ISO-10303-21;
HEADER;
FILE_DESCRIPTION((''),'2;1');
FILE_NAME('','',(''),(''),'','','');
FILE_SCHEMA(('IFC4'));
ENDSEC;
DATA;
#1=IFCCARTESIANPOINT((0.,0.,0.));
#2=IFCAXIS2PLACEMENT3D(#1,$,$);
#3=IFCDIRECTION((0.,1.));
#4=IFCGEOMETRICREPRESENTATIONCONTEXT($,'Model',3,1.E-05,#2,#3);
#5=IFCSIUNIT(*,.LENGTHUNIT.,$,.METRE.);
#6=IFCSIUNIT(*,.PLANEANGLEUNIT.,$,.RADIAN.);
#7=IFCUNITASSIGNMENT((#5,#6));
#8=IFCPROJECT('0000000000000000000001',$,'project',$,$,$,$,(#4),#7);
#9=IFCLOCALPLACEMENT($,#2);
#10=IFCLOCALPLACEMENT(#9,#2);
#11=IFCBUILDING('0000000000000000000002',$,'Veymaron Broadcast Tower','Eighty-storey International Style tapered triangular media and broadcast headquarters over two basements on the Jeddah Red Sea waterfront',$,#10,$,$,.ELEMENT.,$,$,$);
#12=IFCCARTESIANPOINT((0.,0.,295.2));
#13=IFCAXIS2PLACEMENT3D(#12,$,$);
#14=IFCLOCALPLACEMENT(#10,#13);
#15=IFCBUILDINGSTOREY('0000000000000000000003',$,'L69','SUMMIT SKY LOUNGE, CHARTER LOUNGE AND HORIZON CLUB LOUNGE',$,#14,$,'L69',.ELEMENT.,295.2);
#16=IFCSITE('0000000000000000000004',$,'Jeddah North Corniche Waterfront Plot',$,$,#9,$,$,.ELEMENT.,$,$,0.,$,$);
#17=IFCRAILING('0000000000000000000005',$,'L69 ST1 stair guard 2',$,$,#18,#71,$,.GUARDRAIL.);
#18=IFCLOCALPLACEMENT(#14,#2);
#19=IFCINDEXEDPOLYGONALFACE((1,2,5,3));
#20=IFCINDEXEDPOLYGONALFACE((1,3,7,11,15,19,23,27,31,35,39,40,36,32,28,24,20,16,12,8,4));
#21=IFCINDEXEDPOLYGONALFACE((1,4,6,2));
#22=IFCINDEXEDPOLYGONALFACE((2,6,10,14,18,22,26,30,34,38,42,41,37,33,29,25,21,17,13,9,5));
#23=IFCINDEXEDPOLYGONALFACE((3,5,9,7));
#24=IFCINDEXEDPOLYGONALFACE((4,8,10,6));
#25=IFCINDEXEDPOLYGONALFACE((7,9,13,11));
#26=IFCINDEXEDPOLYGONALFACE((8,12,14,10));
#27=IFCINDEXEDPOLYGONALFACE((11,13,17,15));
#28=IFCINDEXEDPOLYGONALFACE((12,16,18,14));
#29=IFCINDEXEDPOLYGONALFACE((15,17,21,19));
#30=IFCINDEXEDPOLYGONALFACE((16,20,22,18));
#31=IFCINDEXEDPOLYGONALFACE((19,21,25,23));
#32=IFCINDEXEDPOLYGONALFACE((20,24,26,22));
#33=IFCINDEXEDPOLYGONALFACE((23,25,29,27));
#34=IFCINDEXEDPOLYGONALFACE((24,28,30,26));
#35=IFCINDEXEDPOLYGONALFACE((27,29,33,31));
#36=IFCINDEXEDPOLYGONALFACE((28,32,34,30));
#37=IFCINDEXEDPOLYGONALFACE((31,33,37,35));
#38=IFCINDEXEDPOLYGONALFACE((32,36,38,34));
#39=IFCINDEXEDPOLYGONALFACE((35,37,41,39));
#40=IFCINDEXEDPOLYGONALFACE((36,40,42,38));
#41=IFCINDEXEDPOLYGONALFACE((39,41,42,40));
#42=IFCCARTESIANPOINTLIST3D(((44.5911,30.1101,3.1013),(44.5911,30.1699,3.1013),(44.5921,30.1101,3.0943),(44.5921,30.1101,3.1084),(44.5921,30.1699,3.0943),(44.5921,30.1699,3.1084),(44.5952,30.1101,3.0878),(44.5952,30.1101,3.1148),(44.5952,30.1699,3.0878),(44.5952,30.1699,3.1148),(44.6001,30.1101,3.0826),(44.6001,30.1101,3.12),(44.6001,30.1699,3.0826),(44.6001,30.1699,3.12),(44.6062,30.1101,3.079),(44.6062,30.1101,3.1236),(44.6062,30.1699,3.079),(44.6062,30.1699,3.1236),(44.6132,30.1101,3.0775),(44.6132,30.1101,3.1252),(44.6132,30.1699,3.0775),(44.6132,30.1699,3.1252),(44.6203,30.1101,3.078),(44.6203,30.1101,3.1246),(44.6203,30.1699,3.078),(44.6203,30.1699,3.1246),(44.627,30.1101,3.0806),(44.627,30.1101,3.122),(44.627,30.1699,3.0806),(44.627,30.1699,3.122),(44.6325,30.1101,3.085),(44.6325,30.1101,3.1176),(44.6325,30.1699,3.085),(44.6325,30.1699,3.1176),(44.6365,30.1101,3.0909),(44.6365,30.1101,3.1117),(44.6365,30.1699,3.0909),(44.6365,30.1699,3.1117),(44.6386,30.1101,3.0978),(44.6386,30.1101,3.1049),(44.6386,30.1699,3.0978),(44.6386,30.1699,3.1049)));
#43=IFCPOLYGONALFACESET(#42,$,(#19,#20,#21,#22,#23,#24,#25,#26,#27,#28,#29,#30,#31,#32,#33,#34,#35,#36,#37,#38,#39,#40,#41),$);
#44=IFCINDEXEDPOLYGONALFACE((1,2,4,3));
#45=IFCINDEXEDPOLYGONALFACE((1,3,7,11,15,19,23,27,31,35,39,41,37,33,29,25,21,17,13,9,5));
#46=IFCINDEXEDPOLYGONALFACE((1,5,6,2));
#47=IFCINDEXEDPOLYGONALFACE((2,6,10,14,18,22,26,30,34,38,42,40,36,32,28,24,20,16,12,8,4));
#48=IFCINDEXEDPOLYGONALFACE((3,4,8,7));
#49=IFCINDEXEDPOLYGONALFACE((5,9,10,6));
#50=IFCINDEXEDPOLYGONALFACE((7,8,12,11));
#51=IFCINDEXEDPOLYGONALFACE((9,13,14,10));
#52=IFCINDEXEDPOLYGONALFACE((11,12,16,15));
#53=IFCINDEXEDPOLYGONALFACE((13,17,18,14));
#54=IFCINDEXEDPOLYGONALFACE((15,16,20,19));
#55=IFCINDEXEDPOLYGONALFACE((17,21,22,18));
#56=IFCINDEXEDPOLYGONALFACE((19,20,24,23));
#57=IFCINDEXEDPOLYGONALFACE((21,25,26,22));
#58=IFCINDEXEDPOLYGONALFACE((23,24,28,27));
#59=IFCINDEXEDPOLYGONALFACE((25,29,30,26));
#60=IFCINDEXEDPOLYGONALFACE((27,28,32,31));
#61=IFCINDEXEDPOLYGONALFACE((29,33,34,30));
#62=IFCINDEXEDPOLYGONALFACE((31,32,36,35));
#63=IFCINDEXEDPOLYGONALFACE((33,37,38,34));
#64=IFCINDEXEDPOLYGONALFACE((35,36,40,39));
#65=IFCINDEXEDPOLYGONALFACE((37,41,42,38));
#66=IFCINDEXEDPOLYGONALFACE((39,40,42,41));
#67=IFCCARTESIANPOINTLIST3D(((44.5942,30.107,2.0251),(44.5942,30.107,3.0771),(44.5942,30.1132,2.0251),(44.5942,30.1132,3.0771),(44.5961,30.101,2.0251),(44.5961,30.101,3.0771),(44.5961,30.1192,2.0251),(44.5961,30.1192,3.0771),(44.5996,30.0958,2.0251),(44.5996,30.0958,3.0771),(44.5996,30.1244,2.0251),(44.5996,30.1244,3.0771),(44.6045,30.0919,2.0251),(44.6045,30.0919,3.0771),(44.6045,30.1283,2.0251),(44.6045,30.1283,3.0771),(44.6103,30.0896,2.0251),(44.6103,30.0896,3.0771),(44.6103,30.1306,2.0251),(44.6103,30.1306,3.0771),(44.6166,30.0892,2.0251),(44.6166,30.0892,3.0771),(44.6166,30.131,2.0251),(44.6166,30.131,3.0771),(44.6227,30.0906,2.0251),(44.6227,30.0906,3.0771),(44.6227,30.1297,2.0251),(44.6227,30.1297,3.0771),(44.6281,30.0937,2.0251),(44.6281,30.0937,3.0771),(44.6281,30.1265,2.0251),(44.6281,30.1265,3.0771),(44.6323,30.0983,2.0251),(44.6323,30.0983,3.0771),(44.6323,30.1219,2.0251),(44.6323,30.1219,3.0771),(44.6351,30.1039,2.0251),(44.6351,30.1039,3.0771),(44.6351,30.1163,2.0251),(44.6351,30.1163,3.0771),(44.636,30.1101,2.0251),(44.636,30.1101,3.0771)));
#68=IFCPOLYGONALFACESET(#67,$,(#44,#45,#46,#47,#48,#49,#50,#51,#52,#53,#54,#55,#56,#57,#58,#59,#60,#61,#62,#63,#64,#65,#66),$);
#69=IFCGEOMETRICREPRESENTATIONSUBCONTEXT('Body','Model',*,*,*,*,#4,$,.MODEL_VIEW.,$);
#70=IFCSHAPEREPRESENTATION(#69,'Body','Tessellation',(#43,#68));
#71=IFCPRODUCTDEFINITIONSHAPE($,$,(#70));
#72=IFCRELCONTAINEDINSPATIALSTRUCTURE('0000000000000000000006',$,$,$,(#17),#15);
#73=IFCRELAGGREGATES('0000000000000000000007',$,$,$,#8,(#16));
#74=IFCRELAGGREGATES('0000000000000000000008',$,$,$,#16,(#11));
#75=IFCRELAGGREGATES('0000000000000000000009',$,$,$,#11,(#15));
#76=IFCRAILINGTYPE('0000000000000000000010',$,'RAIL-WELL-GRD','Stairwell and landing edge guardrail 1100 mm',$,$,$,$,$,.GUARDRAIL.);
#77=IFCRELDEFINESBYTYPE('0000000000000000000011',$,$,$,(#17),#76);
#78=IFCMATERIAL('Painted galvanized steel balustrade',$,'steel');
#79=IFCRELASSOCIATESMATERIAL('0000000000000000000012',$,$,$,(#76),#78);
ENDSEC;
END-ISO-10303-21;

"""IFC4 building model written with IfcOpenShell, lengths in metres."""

from ifc_helpers import new_model, si_unit, direction, frame, origin, origin_2d, place, context, subcontext, project, spatial, circle, extrude, material, type_object, element, save


model = new_model("IFC4")

# Units and contexts
model_context = context("Model", 3, precision=1e-05, world=origin(), true_north=direction((0.0, 1.0)))
body_context = subcontext(model_context, "Body", "Model", "MODEL_VIEW")
ifc_project = project(units=[si_unit("LENGTHUNIT", "METRE"), si_unit("PLANEANGLEUNIT", "RADIAN")], contexts=[model_context])

# Site, building, storey
site_placement = place(None, origin())
site = spatial("IfcSite", under=ifc_project, at=site_placement, Name="Jeddah North Corniche Waterfront Plot", CompositionType="ELEMENT", RefElevation=0.0)
building_placement = place(site_placement, origin())
building = spatial("IfcBuilding", under=site, at=building_placement, Name="Veymaron Broadcast Tower", Description="Eighty-storey International Style tapered triangular media and broadcast headquarters over two basements on the Jeddah Red Sea waterfront", CompositionType="ELEMENT")
storey_placement = place(building_placement, frame((0.0, 0.0, 295.2)))
storey = spatial("IfcBuildingStorey", under=building, at=storey_placement, Name="L69", Description="SUMMIT SKY LOUNGE, CHARTER LOUNGE AND HORIZON CLUB LOUNGE", LongName="L69", CompositionType="ELEMENT", Elevation=295.2)

# Railing
ifc_material_1 = material(Name="Painted galvanized steel balustrade", Category="steel")
railing_type_1 = type_object("IfcRailingType", Name="RAIL-WELL-GRD", Description="Stairwell and landing edge guardrail 1100 mm", PredefinedType="GUARDRAIL", material=ifc_material_1)
railing_1_placement = place(storey_placement, frame((44.615, 30.1101, 2.0251)))
element("IfcRailing", 1, at=railing_1_placement, inside=storey, type_object=railing_type_1, Name="L69 ST1 stair guard 2", PredefinedType="GUARDRAIL", context=body_context, shape_type="SweptSolid", body=[
    extrude(circle(Radius=0.0239, at=origin_2d()), frame((0.0, 0.0, 1.0762), z_axis=(0.0, 1.0, 0.0), x_axis=(-1.0, 0.0, 0.0)), (0.0, 0.0, 1.0), 0.0598),
    extrude(circle(Radius=0.021, at=origin_2d()), origin(), (0.0, 0.0, 1.0), 1.052),
])

save(model, "model.ifc")
